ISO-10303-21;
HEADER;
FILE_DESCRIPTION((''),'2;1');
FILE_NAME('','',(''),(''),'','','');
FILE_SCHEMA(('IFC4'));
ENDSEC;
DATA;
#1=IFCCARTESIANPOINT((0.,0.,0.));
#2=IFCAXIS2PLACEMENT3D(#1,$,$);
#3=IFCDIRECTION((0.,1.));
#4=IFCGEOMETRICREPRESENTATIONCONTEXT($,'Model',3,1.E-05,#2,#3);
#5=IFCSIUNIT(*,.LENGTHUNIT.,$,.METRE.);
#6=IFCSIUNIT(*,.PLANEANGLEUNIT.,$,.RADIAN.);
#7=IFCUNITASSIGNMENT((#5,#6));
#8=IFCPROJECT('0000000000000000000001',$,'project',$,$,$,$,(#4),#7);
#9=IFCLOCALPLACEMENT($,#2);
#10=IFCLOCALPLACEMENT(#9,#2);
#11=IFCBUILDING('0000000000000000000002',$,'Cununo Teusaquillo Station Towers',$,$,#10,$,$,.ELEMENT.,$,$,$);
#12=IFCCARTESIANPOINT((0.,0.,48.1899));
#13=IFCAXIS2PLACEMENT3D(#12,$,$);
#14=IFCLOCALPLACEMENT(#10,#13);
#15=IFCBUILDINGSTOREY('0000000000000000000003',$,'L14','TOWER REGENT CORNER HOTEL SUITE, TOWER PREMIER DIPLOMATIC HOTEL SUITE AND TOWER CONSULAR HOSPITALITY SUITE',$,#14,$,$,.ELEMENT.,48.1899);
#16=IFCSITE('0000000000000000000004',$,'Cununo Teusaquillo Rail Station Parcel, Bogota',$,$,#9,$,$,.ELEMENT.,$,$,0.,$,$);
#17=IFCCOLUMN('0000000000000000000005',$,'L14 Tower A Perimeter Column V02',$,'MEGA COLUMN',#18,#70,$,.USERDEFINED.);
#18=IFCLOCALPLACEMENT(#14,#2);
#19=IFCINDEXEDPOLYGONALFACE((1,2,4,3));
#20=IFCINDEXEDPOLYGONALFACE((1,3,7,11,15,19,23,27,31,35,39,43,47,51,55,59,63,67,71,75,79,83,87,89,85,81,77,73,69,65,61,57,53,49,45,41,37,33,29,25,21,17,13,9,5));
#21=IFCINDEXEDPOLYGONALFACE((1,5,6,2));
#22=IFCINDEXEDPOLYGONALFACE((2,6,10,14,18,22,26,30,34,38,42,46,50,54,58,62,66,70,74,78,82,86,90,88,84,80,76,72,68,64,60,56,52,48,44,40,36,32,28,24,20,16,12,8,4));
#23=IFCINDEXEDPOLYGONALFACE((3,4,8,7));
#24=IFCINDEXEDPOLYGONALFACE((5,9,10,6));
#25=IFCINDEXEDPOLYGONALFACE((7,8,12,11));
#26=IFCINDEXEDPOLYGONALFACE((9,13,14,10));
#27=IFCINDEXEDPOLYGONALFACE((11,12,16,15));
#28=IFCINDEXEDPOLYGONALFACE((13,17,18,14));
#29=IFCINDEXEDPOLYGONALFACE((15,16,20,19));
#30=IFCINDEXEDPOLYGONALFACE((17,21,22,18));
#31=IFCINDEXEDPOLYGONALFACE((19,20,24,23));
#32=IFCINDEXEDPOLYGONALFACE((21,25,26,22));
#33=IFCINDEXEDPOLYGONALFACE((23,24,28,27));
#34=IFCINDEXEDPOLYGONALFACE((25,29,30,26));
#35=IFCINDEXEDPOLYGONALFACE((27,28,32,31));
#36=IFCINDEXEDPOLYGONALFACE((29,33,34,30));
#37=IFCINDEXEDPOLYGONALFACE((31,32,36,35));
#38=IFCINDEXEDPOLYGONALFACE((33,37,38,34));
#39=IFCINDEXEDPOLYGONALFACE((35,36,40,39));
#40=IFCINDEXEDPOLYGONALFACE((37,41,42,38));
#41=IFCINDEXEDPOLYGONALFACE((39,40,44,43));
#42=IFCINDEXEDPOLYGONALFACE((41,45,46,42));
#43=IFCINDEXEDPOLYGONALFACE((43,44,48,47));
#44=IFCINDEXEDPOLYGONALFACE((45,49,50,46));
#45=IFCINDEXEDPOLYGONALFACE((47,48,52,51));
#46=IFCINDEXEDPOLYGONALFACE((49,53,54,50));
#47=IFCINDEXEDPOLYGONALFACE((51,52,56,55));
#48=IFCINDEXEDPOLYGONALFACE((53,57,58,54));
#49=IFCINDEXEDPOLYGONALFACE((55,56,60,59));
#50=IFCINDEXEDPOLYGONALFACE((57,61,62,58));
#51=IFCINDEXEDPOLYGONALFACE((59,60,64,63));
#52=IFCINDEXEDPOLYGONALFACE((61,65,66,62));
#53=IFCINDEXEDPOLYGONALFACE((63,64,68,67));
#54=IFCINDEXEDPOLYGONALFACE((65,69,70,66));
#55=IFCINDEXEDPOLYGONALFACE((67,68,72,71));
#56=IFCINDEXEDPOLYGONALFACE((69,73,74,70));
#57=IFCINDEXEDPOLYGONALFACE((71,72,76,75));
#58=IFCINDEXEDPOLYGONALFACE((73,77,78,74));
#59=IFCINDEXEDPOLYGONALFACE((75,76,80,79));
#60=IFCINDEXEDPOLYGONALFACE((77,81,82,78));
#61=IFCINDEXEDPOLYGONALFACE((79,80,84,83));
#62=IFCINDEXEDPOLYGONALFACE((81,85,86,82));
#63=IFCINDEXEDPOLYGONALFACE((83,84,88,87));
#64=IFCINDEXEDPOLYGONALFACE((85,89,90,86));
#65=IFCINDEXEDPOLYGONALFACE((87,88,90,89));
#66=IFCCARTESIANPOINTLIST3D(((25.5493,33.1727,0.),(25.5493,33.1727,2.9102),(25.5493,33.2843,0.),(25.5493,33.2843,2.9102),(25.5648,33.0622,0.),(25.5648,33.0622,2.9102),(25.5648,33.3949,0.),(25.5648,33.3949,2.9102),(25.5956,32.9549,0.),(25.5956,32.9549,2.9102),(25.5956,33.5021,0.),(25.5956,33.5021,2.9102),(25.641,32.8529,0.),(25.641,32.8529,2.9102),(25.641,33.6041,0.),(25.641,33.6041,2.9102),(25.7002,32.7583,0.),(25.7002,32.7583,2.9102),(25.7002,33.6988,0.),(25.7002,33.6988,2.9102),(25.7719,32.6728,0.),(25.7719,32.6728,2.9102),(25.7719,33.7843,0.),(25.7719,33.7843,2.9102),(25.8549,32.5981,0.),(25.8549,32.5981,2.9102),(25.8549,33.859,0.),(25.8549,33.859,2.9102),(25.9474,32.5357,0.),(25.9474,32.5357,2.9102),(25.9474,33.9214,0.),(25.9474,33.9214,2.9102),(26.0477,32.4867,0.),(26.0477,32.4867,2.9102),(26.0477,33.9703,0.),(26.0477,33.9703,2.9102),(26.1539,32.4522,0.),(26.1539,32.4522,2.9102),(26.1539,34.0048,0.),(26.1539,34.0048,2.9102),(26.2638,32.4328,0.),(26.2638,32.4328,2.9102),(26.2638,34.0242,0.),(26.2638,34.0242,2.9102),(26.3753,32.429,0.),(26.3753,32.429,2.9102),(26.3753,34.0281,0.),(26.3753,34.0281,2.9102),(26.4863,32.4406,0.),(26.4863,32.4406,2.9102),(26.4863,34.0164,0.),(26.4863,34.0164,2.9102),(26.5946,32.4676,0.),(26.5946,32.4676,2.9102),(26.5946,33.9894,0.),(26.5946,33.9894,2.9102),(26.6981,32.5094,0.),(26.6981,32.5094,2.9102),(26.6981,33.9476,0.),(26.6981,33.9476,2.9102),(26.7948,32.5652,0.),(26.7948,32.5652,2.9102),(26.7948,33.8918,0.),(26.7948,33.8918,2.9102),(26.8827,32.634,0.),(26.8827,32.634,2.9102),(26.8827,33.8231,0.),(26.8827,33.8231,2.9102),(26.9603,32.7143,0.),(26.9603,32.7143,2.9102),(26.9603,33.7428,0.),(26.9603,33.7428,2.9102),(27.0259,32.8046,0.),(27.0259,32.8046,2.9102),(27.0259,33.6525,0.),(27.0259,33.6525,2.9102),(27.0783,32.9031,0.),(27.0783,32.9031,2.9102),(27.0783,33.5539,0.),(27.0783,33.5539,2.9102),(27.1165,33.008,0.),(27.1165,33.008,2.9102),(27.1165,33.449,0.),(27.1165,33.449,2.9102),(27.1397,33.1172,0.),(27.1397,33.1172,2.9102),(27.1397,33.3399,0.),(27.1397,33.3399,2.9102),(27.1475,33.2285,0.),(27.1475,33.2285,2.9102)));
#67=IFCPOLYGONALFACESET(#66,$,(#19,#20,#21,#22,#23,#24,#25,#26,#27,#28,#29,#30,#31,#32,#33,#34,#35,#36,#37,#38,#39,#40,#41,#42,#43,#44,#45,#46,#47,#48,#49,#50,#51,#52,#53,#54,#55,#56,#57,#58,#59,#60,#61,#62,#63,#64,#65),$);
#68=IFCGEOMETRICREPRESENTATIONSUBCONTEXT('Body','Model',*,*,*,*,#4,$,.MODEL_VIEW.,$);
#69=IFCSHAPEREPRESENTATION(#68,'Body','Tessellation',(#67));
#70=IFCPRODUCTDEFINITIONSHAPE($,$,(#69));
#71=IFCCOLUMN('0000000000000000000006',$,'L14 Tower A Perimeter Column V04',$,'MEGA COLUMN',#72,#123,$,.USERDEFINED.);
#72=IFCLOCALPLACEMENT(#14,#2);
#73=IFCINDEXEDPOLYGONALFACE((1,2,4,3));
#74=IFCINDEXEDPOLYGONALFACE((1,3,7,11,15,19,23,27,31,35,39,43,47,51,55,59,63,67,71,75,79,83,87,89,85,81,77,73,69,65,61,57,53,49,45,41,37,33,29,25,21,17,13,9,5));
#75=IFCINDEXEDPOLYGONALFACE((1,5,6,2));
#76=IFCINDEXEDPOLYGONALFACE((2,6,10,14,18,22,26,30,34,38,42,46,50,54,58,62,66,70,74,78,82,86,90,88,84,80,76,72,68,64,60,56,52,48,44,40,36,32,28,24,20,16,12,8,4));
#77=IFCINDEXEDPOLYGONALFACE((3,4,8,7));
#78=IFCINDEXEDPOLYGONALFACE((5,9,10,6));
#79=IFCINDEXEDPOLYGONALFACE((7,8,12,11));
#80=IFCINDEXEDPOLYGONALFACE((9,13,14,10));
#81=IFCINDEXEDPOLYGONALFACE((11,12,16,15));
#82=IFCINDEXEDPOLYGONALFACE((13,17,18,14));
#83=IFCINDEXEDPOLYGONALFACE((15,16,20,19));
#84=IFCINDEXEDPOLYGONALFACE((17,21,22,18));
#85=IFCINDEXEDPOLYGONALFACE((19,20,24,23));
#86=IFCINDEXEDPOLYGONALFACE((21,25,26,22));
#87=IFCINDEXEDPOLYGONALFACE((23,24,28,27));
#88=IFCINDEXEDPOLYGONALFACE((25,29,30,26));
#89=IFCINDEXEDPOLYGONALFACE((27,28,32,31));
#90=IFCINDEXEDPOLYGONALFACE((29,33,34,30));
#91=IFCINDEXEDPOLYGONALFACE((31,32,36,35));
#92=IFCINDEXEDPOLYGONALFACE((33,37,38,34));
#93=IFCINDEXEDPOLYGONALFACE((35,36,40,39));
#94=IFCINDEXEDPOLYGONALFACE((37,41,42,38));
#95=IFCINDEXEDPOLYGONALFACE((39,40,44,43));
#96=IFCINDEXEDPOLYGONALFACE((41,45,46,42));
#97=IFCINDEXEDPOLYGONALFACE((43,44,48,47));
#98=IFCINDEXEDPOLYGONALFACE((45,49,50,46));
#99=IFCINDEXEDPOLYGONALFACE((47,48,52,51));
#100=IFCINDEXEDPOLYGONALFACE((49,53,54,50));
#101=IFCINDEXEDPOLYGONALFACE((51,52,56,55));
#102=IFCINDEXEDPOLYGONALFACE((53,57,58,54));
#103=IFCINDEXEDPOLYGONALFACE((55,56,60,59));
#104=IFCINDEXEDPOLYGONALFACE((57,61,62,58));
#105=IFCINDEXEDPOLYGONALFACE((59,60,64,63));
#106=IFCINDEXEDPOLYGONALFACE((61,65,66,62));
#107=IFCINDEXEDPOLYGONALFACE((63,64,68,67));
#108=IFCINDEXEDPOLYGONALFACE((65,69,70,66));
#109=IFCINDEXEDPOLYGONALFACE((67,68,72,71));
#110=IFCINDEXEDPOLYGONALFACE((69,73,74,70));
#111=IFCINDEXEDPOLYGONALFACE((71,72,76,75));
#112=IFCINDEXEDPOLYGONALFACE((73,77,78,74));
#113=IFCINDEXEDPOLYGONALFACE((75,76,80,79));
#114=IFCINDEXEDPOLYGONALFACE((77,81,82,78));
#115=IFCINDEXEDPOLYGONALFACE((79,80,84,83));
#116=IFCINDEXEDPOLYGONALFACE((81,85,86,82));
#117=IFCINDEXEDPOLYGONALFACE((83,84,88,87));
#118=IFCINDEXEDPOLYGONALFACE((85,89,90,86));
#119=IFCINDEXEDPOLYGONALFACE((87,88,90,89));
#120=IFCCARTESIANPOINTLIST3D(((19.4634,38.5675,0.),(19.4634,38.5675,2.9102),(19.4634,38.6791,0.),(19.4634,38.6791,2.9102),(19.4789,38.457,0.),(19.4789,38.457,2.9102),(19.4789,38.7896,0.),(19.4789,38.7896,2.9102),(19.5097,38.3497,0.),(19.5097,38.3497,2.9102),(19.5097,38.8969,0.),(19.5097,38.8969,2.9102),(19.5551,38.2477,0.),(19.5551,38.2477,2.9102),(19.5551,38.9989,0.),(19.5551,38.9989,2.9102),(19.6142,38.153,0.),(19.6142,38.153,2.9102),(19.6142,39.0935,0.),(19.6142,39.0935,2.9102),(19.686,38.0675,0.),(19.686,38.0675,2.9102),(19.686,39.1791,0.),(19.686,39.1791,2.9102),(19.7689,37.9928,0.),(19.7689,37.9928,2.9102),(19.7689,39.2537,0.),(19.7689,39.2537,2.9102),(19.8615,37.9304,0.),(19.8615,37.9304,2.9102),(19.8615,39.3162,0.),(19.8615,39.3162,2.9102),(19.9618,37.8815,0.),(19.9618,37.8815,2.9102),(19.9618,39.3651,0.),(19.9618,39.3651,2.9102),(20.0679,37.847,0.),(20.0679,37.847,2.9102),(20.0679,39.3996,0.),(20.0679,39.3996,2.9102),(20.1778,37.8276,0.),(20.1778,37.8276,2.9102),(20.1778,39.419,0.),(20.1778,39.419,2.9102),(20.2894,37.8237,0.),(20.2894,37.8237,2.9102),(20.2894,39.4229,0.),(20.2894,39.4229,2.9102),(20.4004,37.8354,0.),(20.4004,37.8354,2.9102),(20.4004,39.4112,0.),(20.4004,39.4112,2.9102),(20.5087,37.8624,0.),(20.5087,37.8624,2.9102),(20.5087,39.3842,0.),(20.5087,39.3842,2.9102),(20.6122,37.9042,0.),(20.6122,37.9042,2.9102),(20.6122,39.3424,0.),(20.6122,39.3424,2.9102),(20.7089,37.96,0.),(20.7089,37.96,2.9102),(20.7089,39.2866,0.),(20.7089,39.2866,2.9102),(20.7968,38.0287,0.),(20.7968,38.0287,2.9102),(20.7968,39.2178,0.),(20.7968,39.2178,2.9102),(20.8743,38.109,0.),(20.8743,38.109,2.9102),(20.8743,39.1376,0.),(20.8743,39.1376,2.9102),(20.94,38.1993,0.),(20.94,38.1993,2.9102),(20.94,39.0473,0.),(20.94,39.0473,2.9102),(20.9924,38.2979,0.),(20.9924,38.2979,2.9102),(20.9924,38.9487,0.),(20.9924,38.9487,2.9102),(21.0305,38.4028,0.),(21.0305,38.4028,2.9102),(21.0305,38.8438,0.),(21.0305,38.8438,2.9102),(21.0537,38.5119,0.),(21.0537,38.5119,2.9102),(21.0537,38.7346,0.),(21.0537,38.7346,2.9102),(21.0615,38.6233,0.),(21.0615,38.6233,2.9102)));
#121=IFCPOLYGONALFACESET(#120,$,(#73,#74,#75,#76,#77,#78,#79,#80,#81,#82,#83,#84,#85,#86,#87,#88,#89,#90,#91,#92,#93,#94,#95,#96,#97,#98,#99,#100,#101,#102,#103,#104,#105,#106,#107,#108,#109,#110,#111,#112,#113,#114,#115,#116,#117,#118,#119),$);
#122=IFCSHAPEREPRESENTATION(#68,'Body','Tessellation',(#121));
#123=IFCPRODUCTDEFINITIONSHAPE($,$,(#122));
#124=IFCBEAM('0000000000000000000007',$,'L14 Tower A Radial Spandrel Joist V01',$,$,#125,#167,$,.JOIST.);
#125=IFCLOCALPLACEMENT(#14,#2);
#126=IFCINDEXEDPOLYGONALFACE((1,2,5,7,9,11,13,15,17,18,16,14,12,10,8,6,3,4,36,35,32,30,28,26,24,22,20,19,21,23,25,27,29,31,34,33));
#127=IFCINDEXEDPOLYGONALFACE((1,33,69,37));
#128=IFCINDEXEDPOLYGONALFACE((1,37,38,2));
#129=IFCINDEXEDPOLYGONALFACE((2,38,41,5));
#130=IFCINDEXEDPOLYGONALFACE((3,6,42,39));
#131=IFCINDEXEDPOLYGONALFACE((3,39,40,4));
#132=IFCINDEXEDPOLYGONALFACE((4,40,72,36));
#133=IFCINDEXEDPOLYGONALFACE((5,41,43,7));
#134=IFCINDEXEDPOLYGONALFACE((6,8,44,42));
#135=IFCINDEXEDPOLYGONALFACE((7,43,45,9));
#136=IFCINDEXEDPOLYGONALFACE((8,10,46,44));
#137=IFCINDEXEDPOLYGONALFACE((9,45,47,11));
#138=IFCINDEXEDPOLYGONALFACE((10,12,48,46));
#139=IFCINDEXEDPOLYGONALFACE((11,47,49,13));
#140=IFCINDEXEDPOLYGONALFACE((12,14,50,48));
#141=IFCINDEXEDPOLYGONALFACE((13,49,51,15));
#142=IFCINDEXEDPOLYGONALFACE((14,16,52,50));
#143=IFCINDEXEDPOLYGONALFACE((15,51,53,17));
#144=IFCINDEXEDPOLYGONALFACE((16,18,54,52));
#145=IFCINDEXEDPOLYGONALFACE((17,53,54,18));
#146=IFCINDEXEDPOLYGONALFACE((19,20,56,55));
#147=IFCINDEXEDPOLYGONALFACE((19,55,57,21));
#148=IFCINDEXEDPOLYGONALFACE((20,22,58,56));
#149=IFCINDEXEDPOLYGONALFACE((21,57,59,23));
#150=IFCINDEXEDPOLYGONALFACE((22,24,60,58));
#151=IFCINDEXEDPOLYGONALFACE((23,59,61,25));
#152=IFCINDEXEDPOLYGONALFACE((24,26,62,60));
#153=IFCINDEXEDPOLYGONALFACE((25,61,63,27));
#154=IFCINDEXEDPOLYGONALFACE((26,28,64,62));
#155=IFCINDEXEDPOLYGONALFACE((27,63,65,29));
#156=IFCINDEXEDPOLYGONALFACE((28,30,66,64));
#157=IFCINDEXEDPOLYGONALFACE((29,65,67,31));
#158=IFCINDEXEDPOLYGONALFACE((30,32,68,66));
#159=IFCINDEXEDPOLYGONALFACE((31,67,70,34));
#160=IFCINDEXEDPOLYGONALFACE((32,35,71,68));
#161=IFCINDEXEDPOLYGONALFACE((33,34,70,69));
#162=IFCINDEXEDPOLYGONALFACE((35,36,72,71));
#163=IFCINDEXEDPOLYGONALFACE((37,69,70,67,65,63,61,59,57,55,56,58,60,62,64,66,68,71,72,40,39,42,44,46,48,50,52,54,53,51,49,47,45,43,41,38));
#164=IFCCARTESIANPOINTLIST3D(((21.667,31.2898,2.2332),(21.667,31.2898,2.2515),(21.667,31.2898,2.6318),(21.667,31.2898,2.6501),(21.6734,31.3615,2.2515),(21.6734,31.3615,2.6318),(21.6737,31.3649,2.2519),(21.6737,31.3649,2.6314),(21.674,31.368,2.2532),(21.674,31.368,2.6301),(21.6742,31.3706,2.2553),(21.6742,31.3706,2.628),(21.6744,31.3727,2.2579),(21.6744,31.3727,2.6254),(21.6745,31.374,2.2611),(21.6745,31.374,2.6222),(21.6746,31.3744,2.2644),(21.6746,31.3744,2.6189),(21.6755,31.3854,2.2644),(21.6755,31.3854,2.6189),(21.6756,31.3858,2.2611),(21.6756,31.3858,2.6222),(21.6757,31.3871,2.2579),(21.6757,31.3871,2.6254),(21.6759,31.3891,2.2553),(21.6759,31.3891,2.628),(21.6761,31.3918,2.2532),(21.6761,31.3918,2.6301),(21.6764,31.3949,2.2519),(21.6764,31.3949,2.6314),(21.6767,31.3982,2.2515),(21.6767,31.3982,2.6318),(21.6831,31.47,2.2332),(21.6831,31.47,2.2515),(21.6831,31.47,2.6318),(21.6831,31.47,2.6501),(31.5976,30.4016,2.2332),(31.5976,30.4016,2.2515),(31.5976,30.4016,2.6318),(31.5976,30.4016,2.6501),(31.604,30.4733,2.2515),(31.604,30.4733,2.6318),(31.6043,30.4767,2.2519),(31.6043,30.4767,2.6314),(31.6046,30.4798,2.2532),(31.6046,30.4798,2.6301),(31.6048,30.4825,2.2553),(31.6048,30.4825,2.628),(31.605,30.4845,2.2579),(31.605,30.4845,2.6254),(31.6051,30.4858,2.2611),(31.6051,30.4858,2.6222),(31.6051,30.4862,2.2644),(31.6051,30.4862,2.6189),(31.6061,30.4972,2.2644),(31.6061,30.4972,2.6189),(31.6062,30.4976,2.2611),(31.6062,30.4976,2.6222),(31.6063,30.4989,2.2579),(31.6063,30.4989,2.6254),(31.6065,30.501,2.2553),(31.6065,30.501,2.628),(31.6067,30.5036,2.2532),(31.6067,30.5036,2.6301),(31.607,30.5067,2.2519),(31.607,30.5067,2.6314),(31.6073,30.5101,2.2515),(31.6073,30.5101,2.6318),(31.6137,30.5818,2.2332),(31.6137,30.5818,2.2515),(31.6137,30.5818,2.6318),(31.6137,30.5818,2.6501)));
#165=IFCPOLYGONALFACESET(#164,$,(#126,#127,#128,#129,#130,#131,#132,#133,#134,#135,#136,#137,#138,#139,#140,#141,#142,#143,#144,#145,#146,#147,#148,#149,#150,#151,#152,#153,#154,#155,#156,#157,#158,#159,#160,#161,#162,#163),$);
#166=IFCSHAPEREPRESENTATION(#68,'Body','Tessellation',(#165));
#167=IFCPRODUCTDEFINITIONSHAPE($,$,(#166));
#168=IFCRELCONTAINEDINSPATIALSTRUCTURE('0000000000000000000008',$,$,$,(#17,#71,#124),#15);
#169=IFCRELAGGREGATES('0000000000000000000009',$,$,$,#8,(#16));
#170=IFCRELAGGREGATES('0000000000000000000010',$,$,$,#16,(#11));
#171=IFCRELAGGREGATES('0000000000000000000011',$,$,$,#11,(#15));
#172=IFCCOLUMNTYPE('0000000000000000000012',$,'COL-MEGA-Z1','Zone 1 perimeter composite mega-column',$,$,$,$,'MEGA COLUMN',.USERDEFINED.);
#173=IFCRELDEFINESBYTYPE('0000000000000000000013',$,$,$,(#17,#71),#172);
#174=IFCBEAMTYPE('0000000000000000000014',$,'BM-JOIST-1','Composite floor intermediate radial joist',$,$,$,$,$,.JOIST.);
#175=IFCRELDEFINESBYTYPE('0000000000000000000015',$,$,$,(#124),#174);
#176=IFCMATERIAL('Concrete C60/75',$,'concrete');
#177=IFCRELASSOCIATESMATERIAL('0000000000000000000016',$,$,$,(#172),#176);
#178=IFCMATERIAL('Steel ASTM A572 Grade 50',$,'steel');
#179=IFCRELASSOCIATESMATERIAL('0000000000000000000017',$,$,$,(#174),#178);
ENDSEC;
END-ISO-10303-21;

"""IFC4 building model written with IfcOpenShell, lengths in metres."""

from ifc_helpers import new_model, si_unit, direction, frame, origin, origin_2d, place, context, subcontext, project, spatial, circle, i_section, extrude, material, material_profile, profile_set, type_object, element, save


model = new_model("IFC4")

# Units and contexts
model_context = context("Model", 3, precision=1e-05, world=origin(), true_north=direction((0.0, 1.0)))
body_context = subcontext(model_context, "Body", "Model", "MODEL_VIEW")
ifc_project = project(units=[si_unit("LENGTHUNIT", "METRE"), si_unit("PLANEANGLEUNIT", "RADIAN")], contexts=[model_context])

# Site, building, storey
site_placement = place(None, origin())
site = spatial("IfcSite", under=ifc_project, at=site_placement, Name="Cununo Teusaquillo Rail Station Parcel, Bogota", CompositionType="ELEMENT", RefElevation=0.0)
building_placement = place(site_placement, origin())
building = spatial("IfcBuilding", under=site, at=building_placement, Name="Cununo Teusaquillo Station Towers", CompositionType="ELEMENT")
storey_placement = place(building_placement, frame((0.0, 0.0, 48.1899)))
storey = spatial("IfcBuildingStorey", under=building, at=storey_placement, Name="L14", Description="TOWER REGENT CORNER HOTEL SUITE, TOWER PREMIER DIPLOMATIC HOTEL SUITE AND TOWER CONSULAR HOSPITALITY SUITE", CompositionType="ELEMENT", Elevation=48.1899)

# Columns
ifc_material_1 = material(Name="Concrete C60/75", Category="concrete")
ifc_material_profile_1 = material_profile(ifc_material_1, circle(Radius=0.8, at=origin_2d()), Name="RC-CIRC-1600")
ifc_profile_set_1 = profile_set([ifc_material_profile_1], Name="Concrete C60/75")
column_type = type_object("IfcColumnType", Name="COL-MEGA-Z1", Description="Zone 1 perimeter composite mega-column", ElementType="MEGA COLUMN", PredefinedType="USERDEFINED", material=ifc_profile_set_1)
for number, where, z_axis, x_axis, name in (
    (1, (26.3474, 33.2285, 0.0), (0.0, 0.0, 1.0), (1.0, 0.0, 0.0), "L14 Tower A Perimeter Column V02"),
    (2, (20.2615, 38.6233, 0.0), (0.0, 0.0, 1.0), (1.0, 0.0, 0.0), "L14 Tower A Perimeter Column V04"),
):
    element("IfcColumn", number, at=place(storey_placement, frame(where, z_axis=z_axis, x_axis=x_axis)), inside=storey, type_object=column_type, Name=name, ObjectType="MEGA COLUMN", PredefinedType="USERDEFINED", context=body_context, shape_type="SweptSolid", body=[
        extrude(circle(Radius=0.8, at=origin_2d()), origin(), (0.0, 0.0, 1.0), 2.9102),
    ])

# Beam
ifc_material_2 = material(Name="Steel ASTM A572 Grade 50", Category="steel")
ifc_material_profile_2 = material_profile(ifc_material_2, i_section(OverallWidth=0.1809, OverallDepth=0.417, WebThickness=0.011, FlangeThickness=0.0183, FilletRadius=0.0129, at=origin_2d()), Name="W16X57")
ifc_profile_set_2 = profile_set([ifc_material_profile_2], Name="Steel ASTM A572 Grade 50")
beam_type_1 = type_object("IfcBeamType", Name="BM-JOIST-1", Description="Composite floor intermediate radial joist", PredefinedType="JOIST", material=ifc_profile_set_2)
beam_1_placement = place(storey_placement, frame((21.675, 31.3799, 2.4417), z_axis=(0.996024, -0.089083, 0.0), x_axis=(0.089083, 0.996024, 0.0)))
element("IfcBeam", 3, at=beam_1_placement, inside=storey, type_object=beam_type_1, Name="L14 Tower A Radial Spandrel Joist V01", PredefinedType="JOIST", context=body_context, shape_type="SweptSolid", body=[
    extrude(i_section(OverallWidth=0.1809, OverallDepth=0.417, WebThickness=0.011, FlangeThickness=0.0183, FilletRadius=0.0129, at=origin_2d()), origin(), (0.0, 0.0, 1.0), 9.9702),
])

save(model, "model.ifc")
